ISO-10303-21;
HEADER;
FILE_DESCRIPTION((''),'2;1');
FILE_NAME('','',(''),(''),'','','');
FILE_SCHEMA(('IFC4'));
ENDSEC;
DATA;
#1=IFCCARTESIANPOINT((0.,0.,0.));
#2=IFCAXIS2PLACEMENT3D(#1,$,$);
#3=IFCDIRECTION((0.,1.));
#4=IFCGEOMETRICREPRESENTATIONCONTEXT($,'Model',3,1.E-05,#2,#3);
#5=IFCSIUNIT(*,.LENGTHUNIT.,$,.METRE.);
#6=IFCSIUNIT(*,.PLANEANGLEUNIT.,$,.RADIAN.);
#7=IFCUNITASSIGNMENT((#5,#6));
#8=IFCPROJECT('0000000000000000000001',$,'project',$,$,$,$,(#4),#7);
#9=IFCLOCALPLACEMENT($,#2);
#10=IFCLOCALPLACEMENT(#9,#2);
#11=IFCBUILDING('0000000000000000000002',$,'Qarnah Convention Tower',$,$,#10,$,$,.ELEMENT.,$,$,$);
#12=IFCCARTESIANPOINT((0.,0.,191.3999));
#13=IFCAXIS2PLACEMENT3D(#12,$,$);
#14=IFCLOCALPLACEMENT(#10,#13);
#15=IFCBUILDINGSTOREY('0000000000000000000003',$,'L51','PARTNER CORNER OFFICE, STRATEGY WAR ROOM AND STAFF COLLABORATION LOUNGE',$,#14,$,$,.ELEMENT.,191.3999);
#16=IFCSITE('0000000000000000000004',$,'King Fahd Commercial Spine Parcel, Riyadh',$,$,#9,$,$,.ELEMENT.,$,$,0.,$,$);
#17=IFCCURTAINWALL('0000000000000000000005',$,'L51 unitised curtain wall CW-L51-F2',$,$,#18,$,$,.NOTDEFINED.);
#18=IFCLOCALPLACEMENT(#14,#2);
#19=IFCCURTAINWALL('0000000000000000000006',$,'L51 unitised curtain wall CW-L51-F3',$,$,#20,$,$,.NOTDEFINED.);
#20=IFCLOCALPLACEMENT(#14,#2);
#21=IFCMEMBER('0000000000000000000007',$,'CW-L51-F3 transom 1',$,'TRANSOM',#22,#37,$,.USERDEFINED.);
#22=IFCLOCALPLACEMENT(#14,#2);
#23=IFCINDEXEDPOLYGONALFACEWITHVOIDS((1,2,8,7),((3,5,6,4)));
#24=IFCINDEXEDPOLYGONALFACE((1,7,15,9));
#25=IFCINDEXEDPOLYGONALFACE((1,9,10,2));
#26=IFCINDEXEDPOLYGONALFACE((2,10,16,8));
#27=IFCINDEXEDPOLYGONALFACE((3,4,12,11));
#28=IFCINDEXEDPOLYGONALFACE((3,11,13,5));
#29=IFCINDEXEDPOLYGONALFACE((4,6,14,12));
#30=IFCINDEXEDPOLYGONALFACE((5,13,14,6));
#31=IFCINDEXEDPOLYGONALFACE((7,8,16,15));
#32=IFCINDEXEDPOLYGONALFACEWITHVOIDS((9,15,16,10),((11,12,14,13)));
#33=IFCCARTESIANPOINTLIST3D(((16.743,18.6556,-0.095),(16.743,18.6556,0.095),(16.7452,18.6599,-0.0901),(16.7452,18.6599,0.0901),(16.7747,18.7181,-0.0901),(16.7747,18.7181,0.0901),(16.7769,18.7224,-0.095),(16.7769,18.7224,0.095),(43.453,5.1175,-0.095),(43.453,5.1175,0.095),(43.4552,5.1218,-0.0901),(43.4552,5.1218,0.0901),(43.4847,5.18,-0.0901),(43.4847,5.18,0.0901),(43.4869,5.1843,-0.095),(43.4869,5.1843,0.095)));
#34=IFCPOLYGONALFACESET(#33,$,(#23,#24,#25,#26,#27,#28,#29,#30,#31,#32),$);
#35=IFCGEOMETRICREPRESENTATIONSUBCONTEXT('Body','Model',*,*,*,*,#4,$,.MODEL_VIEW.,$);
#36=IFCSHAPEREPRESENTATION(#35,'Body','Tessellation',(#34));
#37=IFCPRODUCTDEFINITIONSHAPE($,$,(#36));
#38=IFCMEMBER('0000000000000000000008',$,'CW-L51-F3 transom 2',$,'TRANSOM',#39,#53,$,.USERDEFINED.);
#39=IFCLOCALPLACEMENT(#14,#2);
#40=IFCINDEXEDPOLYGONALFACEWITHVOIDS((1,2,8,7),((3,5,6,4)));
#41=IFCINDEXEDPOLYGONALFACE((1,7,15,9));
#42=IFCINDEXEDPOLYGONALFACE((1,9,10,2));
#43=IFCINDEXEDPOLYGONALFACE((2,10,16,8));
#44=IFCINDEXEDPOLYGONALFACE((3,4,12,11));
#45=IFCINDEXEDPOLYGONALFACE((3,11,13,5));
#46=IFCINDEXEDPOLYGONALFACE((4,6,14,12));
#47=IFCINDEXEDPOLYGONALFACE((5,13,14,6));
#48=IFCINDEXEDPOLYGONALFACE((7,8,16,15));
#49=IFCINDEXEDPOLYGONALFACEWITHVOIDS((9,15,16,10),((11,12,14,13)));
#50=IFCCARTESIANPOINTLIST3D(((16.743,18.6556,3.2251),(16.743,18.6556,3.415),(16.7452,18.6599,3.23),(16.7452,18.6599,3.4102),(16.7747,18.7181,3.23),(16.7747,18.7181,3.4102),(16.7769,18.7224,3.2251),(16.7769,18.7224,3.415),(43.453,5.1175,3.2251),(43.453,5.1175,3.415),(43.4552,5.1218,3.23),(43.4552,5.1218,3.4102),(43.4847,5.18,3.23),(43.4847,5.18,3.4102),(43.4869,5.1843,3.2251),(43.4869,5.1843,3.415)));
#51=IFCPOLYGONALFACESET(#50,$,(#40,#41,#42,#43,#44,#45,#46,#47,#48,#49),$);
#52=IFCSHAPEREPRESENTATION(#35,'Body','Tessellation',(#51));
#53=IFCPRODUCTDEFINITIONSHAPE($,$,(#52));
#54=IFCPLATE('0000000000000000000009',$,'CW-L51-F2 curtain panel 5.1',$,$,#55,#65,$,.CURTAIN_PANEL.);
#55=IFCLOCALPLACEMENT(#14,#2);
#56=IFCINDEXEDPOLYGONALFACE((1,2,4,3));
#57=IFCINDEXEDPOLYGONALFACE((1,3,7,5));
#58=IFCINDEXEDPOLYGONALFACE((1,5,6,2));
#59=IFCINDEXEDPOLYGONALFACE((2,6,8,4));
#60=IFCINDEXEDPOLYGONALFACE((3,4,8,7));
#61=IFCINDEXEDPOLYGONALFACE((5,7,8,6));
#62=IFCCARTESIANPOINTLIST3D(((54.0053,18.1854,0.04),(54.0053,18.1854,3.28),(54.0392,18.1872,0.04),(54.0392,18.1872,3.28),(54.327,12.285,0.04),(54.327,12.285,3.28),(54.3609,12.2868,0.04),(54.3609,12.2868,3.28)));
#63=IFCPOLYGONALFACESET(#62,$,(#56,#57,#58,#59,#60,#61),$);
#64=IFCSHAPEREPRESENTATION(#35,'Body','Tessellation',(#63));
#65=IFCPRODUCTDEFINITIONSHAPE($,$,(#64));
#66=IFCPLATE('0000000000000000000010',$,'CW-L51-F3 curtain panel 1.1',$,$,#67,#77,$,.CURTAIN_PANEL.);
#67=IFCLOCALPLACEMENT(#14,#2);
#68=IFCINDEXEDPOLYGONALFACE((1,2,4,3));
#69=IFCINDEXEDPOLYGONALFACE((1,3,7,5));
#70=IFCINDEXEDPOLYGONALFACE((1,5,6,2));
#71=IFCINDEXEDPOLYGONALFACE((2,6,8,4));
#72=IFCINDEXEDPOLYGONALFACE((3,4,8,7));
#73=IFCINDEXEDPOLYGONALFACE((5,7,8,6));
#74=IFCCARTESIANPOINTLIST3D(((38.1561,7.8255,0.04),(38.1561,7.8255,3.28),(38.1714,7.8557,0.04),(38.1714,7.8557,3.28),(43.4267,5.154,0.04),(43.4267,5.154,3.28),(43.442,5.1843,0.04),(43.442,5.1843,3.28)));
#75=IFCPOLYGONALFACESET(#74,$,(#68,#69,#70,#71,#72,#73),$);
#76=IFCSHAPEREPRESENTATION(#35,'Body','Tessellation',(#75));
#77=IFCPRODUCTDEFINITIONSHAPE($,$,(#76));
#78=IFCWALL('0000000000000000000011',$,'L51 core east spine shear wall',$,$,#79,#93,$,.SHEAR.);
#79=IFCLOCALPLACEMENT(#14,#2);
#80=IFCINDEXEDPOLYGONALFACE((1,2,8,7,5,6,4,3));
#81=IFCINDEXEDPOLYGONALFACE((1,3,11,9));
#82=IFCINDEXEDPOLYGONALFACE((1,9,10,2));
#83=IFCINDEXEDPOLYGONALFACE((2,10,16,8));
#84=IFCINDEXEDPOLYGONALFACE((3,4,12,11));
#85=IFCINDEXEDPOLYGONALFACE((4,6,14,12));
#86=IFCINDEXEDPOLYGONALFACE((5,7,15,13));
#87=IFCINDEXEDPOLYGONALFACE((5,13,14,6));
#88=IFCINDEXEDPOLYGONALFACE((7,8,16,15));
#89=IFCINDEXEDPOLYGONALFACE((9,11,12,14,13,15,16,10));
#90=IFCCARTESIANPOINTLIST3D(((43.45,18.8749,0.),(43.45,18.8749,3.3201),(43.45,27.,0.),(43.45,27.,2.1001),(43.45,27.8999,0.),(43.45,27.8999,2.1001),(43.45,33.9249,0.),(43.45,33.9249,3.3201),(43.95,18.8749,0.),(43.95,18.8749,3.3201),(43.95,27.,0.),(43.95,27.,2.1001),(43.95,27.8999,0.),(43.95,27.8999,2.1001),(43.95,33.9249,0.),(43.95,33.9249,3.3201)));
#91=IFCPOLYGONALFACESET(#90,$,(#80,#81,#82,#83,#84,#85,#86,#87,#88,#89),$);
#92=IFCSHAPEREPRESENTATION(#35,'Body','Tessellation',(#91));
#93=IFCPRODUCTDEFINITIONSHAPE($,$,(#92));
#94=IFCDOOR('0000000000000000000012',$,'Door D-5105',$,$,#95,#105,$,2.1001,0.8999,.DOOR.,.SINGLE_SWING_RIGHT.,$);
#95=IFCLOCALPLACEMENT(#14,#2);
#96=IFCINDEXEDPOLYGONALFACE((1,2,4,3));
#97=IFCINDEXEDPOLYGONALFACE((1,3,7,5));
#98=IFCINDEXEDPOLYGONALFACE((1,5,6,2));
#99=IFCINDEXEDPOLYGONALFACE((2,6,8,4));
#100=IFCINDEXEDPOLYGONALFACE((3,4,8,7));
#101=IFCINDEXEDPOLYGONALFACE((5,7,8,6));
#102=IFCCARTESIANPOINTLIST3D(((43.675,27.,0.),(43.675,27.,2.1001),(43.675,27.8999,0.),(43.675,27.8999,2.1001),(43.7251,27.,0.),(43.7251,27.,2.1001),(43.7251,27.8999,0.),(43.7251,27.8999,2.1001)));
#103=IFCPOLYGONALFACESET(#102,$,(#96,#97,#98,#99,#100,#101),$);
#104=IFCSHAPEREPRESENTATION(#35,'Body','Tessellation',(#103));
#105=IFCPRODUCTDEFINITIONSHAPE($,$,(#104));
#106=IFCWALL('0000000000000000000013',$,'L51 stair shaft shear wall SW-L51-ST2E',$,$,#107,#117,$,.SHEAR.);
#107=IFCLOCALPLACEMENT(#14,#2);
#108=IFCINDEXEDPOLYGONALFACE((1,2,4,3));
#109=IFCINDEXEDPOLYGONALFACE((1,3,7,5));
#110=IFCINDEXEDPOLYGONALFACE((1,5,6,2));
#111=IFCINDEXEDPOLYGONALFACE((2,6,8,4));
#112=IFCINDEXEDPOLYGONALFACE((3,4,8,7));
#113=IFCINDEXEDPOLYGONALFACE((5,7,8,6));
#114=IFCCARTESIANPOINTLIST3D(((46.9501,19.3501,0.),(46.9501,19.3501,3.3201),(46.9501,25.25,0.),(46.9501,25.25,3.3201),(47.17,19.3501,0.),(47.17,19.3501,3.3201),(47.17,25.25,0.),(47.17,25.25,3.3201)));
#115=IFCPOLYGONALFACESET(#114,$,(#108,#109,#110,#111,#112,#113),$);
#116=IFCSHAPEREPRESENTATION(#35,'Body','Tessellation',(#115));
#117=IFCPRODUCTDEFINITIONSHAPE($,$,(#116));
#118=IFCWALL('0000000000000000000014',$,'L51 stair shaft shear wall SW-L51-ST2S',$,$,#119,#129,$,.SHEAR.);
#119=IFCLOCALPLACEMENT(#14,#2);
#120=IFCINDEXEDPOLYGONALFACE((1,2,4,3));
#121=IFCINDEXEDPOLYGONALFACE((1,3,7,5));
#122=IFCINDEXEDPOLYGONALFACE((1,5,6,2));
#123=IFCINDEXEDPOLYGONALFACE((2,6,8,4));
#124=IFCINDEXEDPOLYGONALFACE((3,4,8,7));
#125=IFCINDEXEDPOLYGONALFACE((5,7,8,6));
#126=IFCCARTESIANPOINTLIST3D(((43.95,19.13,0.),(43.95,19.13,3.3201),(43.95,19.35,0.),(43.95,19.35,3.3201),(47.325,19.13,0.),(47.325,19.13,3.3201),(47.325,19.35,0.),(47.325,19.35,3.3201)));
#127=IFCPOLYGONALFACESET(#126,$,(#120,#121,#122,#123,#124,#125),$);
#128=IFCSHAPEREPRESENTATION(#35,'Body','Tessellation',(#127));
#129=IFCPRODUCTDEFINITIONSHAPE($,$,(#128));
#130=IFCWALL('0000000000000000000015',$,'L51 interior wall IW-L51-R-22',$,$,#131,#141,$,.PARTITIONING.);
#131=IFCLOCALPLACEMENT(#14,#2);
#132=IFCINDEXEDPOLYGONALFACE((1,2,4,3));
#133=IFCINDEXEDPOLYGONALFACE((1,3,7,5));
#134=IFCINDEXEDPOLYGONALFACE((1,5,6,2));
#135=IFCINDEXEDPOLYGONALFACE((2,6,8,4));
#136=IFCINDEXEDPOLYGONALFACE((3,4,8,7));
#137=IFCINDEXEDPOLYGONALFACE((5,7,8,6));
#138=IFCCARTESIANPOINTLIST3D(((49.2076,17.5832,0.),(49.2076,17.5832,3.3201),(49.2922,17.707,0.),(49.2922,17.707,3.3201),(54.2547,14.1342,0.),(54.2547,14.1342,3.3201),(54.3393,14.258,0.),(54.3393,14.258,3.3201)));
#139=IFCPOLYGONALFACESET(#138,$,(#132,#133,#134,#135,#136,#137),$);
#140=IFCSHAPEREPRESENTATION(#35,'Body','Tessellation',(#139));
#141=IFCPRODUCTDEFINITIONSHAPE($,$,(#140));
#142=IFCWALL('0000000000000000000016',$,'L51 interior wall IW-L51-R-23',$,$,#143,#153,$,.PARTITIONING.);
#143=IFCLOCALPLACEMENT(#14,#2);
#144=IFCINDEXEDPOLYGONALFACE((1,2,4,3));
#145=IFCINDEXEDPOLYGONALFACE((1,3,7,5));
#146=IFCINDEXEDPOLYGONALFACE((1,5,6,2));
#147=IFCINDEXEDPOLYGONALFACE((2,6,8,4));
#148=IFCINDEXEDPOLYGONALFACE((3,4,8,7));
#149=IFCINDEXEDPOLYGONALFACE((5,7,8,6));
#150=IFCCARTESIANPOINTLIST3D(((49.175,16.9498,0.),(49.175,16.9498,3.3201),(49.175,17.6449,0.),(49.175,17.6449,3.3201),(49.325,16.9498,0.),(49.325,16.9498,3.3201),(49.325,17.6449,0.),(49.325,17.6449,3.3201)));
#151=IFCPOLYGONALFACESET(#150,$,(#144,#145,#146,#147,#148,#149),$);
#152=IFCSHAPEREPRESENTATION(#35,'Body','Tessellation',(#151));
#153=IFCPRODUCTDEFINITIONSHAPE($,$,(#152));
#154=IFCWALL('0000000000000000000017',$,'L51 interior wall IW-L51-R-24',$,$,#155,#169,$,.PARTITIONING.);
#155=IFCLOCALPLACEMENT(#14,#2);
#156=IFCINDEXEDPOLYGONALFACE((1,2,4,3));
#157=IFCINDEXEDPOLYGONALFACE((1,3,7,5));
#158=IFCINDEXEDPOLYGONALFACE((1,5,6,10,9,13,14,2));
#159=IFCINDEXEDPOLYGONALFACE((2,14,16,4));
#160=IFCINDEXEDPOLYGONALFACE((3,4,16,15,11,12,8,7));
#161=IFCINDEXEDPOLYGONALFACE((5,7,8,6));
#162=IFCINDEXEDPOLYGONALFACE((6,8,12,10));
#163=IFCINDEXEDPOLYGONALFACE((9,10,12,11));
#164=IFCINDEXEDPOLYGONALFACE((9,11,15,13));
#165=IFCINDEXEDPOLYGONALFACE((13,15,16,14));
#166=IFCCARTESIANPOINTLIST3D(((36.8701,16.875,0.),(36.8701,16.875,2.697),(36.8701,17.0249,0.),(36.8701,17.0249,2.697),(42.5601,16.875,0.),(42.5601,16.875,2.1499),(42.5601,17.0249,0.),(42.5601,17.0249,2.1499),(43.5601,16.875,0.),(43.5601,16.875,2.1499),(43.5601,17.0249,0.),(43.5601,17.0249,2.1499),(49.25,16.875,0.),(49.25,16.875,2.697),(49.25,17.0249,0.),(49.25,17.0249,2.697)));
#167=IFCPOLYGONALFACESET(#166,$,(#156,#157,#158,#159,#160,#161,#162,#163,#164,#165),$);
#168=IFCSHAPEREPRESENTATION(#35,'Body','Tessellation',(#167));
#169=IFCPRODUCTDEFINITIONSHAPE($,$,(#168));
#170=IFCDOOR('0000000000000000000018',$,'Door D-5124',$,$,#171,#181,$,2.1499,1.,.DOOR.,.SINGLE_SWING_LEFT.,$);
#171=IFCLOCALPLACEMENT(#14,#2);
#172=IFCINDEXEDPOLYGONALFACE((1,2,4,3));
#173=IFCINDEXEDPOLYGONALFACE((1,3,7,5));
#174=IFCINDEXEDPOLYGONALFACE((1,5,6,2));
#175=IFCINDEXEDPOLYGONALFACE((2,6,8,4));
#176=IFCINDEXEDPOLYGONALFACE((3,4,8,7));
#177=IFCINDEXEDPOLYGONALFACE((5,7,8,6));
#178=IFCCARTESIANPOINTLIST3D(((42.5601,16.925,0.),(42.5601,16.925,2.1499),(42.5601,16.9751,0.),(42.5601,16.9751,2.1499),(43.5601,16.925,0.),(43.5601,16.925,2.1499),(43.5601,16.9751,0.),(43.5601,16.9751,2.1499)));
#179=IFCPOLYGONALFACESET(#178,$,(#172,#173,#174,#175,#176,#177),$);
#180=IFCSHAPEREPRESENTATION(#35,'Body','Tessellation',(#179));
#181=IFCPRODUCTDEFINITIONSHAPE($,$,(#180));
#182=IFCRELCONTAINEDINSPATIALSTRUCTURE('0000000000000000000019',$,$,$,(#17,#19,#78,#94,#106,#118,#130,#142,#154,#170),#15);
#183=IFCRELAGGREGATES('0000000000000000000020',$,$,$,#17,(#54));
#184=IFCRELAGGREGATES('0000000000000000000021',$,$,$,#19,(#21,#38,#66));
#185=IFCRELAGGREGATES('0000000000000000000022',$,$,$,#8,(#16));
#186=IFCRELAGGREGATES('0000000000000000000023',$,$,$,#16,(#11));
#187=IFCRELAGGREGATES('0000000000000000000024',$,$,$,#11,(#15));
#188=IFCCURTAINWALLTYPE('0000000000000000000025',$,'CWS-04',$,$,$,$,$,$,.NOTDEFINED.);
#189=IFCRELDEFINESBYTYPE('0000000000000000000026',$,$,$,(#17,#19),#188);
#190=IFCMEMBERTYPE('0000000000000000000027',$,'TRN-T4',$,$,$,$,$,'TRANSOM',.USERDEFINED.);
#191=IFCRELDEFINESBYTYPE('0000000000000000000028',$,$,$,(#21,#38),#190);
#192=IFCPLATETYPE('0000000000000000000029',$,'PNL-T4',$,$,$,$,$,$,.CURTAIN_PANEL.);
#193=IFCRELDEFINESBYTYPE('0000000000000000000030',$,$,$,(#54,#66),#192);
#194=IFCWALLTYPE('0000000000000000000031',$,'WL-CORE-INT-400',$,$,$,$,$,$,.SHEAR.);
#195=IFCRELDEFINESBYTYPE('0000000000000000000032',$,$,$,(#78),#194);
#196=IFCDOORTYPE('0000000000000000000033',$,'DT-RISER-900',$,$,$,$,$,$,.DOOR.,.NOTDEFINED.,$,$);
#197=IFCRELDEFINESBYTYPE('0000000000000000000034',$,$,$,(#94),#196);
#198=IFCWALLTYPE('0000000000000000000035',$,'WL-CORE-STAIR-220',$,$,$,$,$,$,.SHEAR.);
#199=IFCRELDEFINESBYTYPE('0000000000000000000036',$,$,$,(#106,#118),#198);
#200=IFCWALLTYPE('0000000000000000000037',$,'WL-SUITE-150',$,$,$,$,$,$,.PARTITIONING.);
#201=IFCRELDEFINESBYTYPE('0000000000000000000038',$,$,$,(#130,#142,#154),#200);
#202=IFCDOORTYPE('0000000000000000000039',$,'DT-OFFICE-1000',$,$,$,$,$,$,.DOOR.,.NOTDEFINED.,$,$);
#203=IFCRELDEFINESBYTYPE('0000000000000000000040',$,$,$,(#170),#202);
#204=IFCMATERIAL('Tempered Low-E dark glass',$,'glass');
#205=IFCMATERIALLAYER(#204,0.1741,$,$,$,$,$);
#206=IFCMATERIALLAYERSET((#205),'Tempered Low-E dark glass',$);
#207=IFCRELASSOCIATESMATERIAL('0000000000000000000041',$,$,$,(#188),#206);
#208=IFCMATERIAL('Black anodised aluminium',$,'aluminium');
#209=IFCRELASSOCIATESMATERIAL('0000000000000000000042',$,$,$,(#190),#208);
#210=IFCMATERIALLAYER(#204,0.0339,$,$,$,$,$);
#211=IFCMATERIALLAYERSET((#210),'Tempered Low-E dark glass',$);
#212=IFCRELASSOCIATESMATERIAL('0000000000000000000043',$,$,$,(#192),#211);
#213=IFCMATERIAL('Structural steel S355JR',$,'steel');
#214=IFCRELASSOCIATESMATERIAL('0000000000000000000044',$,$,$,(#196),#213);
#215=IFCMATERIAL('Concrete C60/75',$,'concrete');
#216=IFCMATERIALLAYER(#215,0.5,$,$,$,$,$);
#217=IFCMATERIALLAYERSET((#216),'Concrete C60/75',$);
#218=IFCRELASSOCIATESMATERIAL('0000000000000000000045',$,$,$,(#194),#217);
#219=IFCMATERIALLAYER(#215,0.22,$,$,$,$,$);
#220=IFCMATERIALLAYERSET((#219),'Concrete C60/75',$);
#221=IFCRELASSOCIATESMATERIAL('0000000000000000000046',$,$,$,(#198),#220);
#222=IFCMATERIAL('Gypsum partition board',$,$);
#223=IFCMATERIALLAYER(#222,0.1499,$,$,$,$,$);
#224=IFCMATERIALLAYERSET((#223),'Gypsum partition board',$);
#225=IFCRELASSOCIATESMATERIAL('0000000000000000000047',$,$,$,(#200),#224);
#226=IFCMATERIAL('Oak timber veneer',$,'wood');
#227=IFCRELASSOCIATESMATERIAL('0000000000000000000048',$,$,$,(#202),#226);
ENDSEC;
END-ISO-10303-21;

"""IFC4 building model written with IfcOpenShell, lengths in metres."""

from ifc_helpers import new_model, si_unit, direction, frame, frame_2d, origin, origin_2d, place, context, subcontext, project, spatial, rectangle, hollow_rectangle, extrude, material, layer, layer_set, material_profile, profile_set, type_object, element, fill, aggregate, save


model = new_model("IFC4")

# Units and contexts
model_context = context("Model", 3, precision=1e-05, world=origin(), true_north=direction((0.0, 1.0)))
body_context = subcontext(model_context, "Body", "Model", "MODEL_VIEW")
ifc_project = project(units=[si_unit("LENGTHUNIT", "METRE"), si_unit("PLANEANGLEUNIT", "RADIAN")], contexts=[model_context])

# Site, building, storey
site_placement = place(None, origin())
site = spatial("IfcSite", under=ifc_project, at=site_placement, Name="King Fahd Commercial Spine Parcel, Riyadh", CompositionType="ELEMENT", RefElevation=0.0)
building_placement = place(site_placement, origin())
building = spatial("IfcBuilding", under=site, at=building_placement, Name="Qarnah Convention Tower", CompositionType="ELEMENT")
storey_placement = place(building_placement, frame((0.0, 0.0, 191.3999)))
storey = spatial("IfcBuildingStorey", under=building, at=storey_placement, Name="L51", Description="PARTNER CORNER OFFICE, STRATEGY WAR ROOM AND STAFF COLLABORATION LOUNGE", CompositionType="ELEMENT", Elevation=191.3999)

# Shared definitions
ifc_material_1 = material(Name="Structural steel S355JR", Category="steel")

# Curtain walls, members
ifc_material_2 = material(Name="Tempered Low-E dark glass", Category="glass")
ifc_layer_1 = layer(ifc_material_2, 0.1741)
ifc_layer_set_1 = layer_set([ifc_layer_1], Name="Tempered Low-E dark glass")
curtain_wall_type = type_object("IfcCurtainWallType", Name="CWS-04", PredefinedType="NOTDEFINED", material=ifc_layer_set_1)
curtain_wall_1_placement = place(storey_placement, origin())
curtain_wall_1 = element("IfcCurtainWall", 1, at=curtain_wall_1_placement, inside=storey, type_object=curtain_wall_type, Name="L51 unitised curtain wall CW-L51-F2", PredefinedType="NOTDEFINED")
ifc_material_3 = material(Name="Black anodised aluminium", Category="aluminium")
curtain_wall_2_placement = place(storey_placement, origin())
curtain_wall_2 = element("IfcCurtainWall", 2, at=curtain_wall_2_placement, inside=storey, type_object=curtain_wall_type, Name="L51 unitised curtain wall CW-L51-F3", PredefinedType="NOTDEFINED")
ifc_material_profile_1 = material_profile(ifc_material_3, hollow_rectangle(XDim=0.075, YDim=0.1899, WallThickness=0.0049, at=origin_2d()), Name="TRN-75X190")
ifc_profile_set_1 = profile_set([ifc_material_profile_1], Name="Black anodised aluminium")
member_type_1 = type_object("IfcMemberType", Name="TRN-T4", ElementType="TRANSOM", PredefinedType="USERDEFINED", material=ifc_profile_set_1)
member_1_placement = place(storey_placement, frame((43.47, 5.1509, 0.0), z_axis=(-0.891968, 0.452099, 0.0), x_axis=(-0.452099, -0.891968, 0.0)))
member_1 = element("IfcMember", 3, at=member_1_placement, type_object=member_type_1, Name="CW-L51-F3 transom 1", ObjectType="TRANSOM", PredefinedType="USERDEFINED", context=body_context, shape_type="SweptSolid", body=[
    extrude(hollow_rectangle(XDim=0.075, YDim=0.1899, WallThickness=0.0049, at=origin_2d()), origin(), (0.0, 0.0, 1.0), 29.9451),
])
member_2_placement = place(storey_placement, frame((43.47, 5.1509, 3.3201), z_axis=(-0.891968, 0.452099, 0.0), x_axis=(-0.452099, -0.891968, 0.0)))
member_2 = element("IfcMember", 4, at=member_2_placement, type_object=member_type_1, Name="CW-L51-F3 transom 2", ObjectType="TRANSOM", PredefinedType="USERDEFINED", context=body_context, shape_type="SweptSolid", body=[
    extrude(hollow_rectangle(XDim=0.075, YDim=0.1899, WallThickness=0.0049, at=origin_2d()), origin(), (0.0, 0.0, 1.0), 29.9451),
])

# Plates
ifc_layer_2 = layer(ifc_material_2, 0.0339)
ifc_layer_set_2 = layer_set([ifc_layer_2], Name="Tempered Low-E dark glass")
plate_type = type_object("IfcPlateType", Name="PNL-T4", PredefinedType="CURTAIN_PANEL", material=ifc_layer_set_2)
plate_1_placement = place(storey_placement, frame((54.1831, 15.2361, 0.04), z_axis=(0.0, 0.0, 1.0), x_axis=(0.054432, -0.998517, 0.0)))
plate_1 = element("IfcPlate", 5, at=plate_1_placement, type_object=plate_type, Name="CW-L51-F2 curtain panel 5.1", PredefinedType="CURTAIN_PANEL", context=body_context, shape_type="SweptSolid", body=[
    extrude(rectangle(XDim=5.9092, YDim=0.0339, at=origin_2d()), origin(), (0.0, 0.0, 1.0), 3.24),
])
aggregate(curtain_wall_1, [plate_1])
plate_2_placement = place(storey_placement, frame((40.7991, 6.5049, 0.04), z_axis=(0.0, 0.0, 1.0), x_axis=(-0.891969, 0.452096, 0.0)))
plate_2 = element("IfcPlate", 6, at=plate_2_placement, type_object=plate_type, Name="CW-L51-F3 curtain panel 1.1", PredefinedType="CURTAIN_PANEL", context=body_context, shape_type="SweptSolid", body=[
    extrude(rectangle(XDim=5.9089, YDim=0.0339, at=origin_2d()), origin(), (0.0, 0.0, 1.0), 3.24),
])
aggregate(curtain_wall_2, [member_1, member_2, plate_2])

# Shared definitions
ifc_material_4 = material(Name="Concrete C60/75", Category="concrete")
door_type_1 = type_object("IfcDoorType", Name="DT-RISER-900", OperationType="NOTDEFINED", PredefinedType="DOOR", material=ifc_material_1)

# Wall, opening, door
ifc_layer_3 = layer(ifc_material_4, 0.5)
ifc_layer_set_3 = layer_set([ifc_layer_3], Name="Concrete C60/75")
wall_type_1 = type_object("IfcWallType", Name="WL-CORE-INT-400", PredefinedType="SHEAR", material=ifc_layer_set_3)
wall_1_placement = place(storey_placement, frame((43.7, 18.875, 0.0), z_axis=(0.0, 0.0, 1.0), x_axis=(0.0, 1.0, 0.0)))
wall_1 = element("IfcWall", 7, at=wall_1_placement, inside=storey, type_object=wall_type_1, Name="L51 core east spine shear wall", PredefinedType="SHEAR", context=body_context, shape_type="SweptSolid", body=[
    extrude(rectangle(XDim=15.05, YDim=0.5, at=frame_2d((7.5249, 0.0))), origin(), (0.0, 0.0, 1.0), 3.3201),
])
opening_1_placement = place(wall_1_placement, frame((8.125, 0.0, 0.0)))
opening_1 = element("IfcOpeningElement", 8, at=opening_1_placement, cuts=wall_1, PredefinedType="OPENING", context=body_context, shape_type="SweptSolid", body=[
    extrude(rectangle(XDim=0.8999, YDim=2.1001, at=frame_2d((0.45, 1.05))), frame((0.0, 0.26, 0.0), z_axis=(0.0, -1.0, 0.0), x_axis=(1.0, 0.0, 0.0)), (0.0, 0.0, 1.0), 0.52),
])
door_1_placement = place(opening_1_placement, origin())
door_1 = element("IfcDoor", 9, at=door_1_placement, inside=storey, type_object=door_type_1, Name="Door D-5105", OperationType="SINGLE_SWING_RIGHT", OverallHeight=2.1001, OverallWidth=0.8999, PredefinedType="DOOR", context=body_context, shape_type="SweptSolid", body=[
    extrude(rectangle(XDim=0.8999, YDim=2.1001, at=frame_2d((0.45, 1.05))), frame((0.0, 0.0249, 0.0), z_axis=(0.0, -1.0, 0.0), x_axis=(1.0, 0.0, 0.0)), (0.0, 0.0, 1.0), 0.05),
])
fill(opening_1, door_1)

# Walls
ifc_layer_4 = layer(ifc_material_4, 0.22)
ifc_layer_set_4 = layer_set([ifc_layer_4], Name="Concrete C60/75")
wall_type_2 = type_object("IfcWallType", Name="WL-CORE-STAIR-220", PredefinedType="SHEAR", material=ifc_layer_set_4)
wall_2_placement = place(storey_placement, frame((47.0601, 19.3501, 0.0), z_axis=(0.0, 0.0, 1.0), x_axis=(0.0, 1.0, 0.0)))
element("IfcWall", 10, at=wall_2_placement, inside=storey, type_object=wall_type_2, Name="L51 stair shaft shear wall SW-L51-ST2E", PredefinedType="SHEAR", context=body_context, shape_type="SweptSolid", body=[
    extrude(rectangle(XDim=5.8999, YDim=0.22, at=frame_2d((2.95, 0.0))), origin(), (0.0, 0.0, 1.0), 3.3201),
])
wall_3_placement = place(storey_placement, frame((43.95, 19.24, 0.0), z_axis=(0.0, 0.0, 1.0), x_axis=(1.0, 0.0, 0.0)))
element("IfcWall", 11, at=wall_3_placement, inside=storey, type_object=wall_type_2, Name="L51 stair shaft shear wall SW-L51-ST2S", PredefinedType="SHEAR", context=body_context, shape_type="SweptSolid", body=[
    extrude(rectangle(XDim=3.375, YDim=0.22, at=frame_2d((1.6875, 0.0))), origin(), (0.0, 0.0, 1.0), 3.3201),
])

# Walls
ifc_material_5 = material(Name="Gypsum partition board")
ifc_layer_5 = layer(ifc_material_5, 0.1499)
ifc_layer_set_5 = layer_set([ifc_layer_5], Name="Gypsum partition board")
wall_type_3 = type_object("IfcWallType", Name="WL-SUITE-150", PredefinedType="PARTITIONING", material=ifc_layer_set_5)
wall_4_placement = place(storey_placement, frame((54.2971, 14.196, 0.0), z_axis=(0.0, 0.0, 1.0), x_axis=(-0.825636, 0.564203, 0.0)))
element("IfcWall", 12, at=wall_4_placement, inside=storey, type_object=wall_type_3, Name="L51 interior wall IW-L51-R-22", PredefinedType="PARTITIONING", context=body_context, shape_type="SweptSolid", body=[
    extrude(rectangle(XDim=6.113, YDim=0.1499, at=frame_2d((3.0566, 0.0))), origin(), (0.0, 0.0, 1.0), 3.3201),
])
wall_5_placement = place(storey_placement, frame((49.25, 17.645, 0.0), z_axis=(0.0, 0.0, 1.0), x_axis=(0.0, -1.0, 0.0)))
element("IfcWall", 13, at=wall_5_placement, inside=storey, type_object=wall_type_3, Name="L51 interior wall IW-L51-R-23", PredefinedType="PARTITIONING", context=body_context, shape_type="SweptSolid", body=[
    extrude(rectangle(XDim=0.6951, YDim=0.1499, at=frame_2d((0.3477, 0.0))), origin(), (0.0, 0.0, 1.0), 3.3201),
])

# Wall, opening, door
wall_6_placement = place(storey_placement, frame((49.25, 16.95, 0.0), z_axis=(0.0, 0.0, 1.0), x_axis=(-1.0, 0.0, 0.0)))
wall_6 = element("IfcWall", 14, at=wall_6_placement, inside=storey, type_object=wall_type_3, Name="L51 interior wall IW-L51-R-24", PredefinedType="PARTITIONING", context=body_context, shape_type="SweptSolid", body=[
    extrude(rectangle(XDim=12.3799, YDim=0.1499, at=frame_2d((6.1899, 0.0))), origin(), (0.0, 0.0, 1.0), 2.697),
])
opening_2_placement = place(wall_6_placement, frame((5.6899, 0.0, 0.0)))
opening_2 = element("IfcOpeningElement", 15, at=opening_2_placement, cuts=wall_6, PredefinedType="OPENING", context=body_context, shape_type="SweptSolid", body=[
    extrude(rectangle(XDim=1.0, YDim=2.1499, at=frame_2d((0.5, 1.075))), frame((0.0, 0.085, 0.0), z_axis=(0.0, -1.0, 0.0), x_axis=(1.0, 0.0, 0.0)), (0.0, 0.0, 1.0), 0.1699),
])
ifc_material_6 = material(Name="Oak timber veneer", Category="wood")
door_type_2 = type_object("IfcDoorType", Name="DT-OFFICE-1000", OperationType="NOTDEFINED", PredefinedType="DOOR", material=ifc_material_6)
door_2_placement = place(opening_2_placement, origin())
door_2 = element("IfcDoor", 16, at=door_2_placement, inside=storey, type_object=door_type_2, Name="Door D-5124", OperationType="SINGLE_SWING_LEFT", OverallHeight=2.1499, OverallWidth=1.0, PredefinedType="DOOR", context=body_context, shape_type="SweptSolid", body=[
    extrude(rectangle(XDim=1.0, YDim=2.1499, at=frame_2d((0.5, 1.075))), frame((0.0, 0.0249, 0.0), z_axis=(0.0, -1.0, 0.0), x_axis=(1.0, 0.0, 0.0)), (0.0, 0.0, 1.0), 0.05),
])
fill(opening_2, door_2)

save(model, "model.ifc")
